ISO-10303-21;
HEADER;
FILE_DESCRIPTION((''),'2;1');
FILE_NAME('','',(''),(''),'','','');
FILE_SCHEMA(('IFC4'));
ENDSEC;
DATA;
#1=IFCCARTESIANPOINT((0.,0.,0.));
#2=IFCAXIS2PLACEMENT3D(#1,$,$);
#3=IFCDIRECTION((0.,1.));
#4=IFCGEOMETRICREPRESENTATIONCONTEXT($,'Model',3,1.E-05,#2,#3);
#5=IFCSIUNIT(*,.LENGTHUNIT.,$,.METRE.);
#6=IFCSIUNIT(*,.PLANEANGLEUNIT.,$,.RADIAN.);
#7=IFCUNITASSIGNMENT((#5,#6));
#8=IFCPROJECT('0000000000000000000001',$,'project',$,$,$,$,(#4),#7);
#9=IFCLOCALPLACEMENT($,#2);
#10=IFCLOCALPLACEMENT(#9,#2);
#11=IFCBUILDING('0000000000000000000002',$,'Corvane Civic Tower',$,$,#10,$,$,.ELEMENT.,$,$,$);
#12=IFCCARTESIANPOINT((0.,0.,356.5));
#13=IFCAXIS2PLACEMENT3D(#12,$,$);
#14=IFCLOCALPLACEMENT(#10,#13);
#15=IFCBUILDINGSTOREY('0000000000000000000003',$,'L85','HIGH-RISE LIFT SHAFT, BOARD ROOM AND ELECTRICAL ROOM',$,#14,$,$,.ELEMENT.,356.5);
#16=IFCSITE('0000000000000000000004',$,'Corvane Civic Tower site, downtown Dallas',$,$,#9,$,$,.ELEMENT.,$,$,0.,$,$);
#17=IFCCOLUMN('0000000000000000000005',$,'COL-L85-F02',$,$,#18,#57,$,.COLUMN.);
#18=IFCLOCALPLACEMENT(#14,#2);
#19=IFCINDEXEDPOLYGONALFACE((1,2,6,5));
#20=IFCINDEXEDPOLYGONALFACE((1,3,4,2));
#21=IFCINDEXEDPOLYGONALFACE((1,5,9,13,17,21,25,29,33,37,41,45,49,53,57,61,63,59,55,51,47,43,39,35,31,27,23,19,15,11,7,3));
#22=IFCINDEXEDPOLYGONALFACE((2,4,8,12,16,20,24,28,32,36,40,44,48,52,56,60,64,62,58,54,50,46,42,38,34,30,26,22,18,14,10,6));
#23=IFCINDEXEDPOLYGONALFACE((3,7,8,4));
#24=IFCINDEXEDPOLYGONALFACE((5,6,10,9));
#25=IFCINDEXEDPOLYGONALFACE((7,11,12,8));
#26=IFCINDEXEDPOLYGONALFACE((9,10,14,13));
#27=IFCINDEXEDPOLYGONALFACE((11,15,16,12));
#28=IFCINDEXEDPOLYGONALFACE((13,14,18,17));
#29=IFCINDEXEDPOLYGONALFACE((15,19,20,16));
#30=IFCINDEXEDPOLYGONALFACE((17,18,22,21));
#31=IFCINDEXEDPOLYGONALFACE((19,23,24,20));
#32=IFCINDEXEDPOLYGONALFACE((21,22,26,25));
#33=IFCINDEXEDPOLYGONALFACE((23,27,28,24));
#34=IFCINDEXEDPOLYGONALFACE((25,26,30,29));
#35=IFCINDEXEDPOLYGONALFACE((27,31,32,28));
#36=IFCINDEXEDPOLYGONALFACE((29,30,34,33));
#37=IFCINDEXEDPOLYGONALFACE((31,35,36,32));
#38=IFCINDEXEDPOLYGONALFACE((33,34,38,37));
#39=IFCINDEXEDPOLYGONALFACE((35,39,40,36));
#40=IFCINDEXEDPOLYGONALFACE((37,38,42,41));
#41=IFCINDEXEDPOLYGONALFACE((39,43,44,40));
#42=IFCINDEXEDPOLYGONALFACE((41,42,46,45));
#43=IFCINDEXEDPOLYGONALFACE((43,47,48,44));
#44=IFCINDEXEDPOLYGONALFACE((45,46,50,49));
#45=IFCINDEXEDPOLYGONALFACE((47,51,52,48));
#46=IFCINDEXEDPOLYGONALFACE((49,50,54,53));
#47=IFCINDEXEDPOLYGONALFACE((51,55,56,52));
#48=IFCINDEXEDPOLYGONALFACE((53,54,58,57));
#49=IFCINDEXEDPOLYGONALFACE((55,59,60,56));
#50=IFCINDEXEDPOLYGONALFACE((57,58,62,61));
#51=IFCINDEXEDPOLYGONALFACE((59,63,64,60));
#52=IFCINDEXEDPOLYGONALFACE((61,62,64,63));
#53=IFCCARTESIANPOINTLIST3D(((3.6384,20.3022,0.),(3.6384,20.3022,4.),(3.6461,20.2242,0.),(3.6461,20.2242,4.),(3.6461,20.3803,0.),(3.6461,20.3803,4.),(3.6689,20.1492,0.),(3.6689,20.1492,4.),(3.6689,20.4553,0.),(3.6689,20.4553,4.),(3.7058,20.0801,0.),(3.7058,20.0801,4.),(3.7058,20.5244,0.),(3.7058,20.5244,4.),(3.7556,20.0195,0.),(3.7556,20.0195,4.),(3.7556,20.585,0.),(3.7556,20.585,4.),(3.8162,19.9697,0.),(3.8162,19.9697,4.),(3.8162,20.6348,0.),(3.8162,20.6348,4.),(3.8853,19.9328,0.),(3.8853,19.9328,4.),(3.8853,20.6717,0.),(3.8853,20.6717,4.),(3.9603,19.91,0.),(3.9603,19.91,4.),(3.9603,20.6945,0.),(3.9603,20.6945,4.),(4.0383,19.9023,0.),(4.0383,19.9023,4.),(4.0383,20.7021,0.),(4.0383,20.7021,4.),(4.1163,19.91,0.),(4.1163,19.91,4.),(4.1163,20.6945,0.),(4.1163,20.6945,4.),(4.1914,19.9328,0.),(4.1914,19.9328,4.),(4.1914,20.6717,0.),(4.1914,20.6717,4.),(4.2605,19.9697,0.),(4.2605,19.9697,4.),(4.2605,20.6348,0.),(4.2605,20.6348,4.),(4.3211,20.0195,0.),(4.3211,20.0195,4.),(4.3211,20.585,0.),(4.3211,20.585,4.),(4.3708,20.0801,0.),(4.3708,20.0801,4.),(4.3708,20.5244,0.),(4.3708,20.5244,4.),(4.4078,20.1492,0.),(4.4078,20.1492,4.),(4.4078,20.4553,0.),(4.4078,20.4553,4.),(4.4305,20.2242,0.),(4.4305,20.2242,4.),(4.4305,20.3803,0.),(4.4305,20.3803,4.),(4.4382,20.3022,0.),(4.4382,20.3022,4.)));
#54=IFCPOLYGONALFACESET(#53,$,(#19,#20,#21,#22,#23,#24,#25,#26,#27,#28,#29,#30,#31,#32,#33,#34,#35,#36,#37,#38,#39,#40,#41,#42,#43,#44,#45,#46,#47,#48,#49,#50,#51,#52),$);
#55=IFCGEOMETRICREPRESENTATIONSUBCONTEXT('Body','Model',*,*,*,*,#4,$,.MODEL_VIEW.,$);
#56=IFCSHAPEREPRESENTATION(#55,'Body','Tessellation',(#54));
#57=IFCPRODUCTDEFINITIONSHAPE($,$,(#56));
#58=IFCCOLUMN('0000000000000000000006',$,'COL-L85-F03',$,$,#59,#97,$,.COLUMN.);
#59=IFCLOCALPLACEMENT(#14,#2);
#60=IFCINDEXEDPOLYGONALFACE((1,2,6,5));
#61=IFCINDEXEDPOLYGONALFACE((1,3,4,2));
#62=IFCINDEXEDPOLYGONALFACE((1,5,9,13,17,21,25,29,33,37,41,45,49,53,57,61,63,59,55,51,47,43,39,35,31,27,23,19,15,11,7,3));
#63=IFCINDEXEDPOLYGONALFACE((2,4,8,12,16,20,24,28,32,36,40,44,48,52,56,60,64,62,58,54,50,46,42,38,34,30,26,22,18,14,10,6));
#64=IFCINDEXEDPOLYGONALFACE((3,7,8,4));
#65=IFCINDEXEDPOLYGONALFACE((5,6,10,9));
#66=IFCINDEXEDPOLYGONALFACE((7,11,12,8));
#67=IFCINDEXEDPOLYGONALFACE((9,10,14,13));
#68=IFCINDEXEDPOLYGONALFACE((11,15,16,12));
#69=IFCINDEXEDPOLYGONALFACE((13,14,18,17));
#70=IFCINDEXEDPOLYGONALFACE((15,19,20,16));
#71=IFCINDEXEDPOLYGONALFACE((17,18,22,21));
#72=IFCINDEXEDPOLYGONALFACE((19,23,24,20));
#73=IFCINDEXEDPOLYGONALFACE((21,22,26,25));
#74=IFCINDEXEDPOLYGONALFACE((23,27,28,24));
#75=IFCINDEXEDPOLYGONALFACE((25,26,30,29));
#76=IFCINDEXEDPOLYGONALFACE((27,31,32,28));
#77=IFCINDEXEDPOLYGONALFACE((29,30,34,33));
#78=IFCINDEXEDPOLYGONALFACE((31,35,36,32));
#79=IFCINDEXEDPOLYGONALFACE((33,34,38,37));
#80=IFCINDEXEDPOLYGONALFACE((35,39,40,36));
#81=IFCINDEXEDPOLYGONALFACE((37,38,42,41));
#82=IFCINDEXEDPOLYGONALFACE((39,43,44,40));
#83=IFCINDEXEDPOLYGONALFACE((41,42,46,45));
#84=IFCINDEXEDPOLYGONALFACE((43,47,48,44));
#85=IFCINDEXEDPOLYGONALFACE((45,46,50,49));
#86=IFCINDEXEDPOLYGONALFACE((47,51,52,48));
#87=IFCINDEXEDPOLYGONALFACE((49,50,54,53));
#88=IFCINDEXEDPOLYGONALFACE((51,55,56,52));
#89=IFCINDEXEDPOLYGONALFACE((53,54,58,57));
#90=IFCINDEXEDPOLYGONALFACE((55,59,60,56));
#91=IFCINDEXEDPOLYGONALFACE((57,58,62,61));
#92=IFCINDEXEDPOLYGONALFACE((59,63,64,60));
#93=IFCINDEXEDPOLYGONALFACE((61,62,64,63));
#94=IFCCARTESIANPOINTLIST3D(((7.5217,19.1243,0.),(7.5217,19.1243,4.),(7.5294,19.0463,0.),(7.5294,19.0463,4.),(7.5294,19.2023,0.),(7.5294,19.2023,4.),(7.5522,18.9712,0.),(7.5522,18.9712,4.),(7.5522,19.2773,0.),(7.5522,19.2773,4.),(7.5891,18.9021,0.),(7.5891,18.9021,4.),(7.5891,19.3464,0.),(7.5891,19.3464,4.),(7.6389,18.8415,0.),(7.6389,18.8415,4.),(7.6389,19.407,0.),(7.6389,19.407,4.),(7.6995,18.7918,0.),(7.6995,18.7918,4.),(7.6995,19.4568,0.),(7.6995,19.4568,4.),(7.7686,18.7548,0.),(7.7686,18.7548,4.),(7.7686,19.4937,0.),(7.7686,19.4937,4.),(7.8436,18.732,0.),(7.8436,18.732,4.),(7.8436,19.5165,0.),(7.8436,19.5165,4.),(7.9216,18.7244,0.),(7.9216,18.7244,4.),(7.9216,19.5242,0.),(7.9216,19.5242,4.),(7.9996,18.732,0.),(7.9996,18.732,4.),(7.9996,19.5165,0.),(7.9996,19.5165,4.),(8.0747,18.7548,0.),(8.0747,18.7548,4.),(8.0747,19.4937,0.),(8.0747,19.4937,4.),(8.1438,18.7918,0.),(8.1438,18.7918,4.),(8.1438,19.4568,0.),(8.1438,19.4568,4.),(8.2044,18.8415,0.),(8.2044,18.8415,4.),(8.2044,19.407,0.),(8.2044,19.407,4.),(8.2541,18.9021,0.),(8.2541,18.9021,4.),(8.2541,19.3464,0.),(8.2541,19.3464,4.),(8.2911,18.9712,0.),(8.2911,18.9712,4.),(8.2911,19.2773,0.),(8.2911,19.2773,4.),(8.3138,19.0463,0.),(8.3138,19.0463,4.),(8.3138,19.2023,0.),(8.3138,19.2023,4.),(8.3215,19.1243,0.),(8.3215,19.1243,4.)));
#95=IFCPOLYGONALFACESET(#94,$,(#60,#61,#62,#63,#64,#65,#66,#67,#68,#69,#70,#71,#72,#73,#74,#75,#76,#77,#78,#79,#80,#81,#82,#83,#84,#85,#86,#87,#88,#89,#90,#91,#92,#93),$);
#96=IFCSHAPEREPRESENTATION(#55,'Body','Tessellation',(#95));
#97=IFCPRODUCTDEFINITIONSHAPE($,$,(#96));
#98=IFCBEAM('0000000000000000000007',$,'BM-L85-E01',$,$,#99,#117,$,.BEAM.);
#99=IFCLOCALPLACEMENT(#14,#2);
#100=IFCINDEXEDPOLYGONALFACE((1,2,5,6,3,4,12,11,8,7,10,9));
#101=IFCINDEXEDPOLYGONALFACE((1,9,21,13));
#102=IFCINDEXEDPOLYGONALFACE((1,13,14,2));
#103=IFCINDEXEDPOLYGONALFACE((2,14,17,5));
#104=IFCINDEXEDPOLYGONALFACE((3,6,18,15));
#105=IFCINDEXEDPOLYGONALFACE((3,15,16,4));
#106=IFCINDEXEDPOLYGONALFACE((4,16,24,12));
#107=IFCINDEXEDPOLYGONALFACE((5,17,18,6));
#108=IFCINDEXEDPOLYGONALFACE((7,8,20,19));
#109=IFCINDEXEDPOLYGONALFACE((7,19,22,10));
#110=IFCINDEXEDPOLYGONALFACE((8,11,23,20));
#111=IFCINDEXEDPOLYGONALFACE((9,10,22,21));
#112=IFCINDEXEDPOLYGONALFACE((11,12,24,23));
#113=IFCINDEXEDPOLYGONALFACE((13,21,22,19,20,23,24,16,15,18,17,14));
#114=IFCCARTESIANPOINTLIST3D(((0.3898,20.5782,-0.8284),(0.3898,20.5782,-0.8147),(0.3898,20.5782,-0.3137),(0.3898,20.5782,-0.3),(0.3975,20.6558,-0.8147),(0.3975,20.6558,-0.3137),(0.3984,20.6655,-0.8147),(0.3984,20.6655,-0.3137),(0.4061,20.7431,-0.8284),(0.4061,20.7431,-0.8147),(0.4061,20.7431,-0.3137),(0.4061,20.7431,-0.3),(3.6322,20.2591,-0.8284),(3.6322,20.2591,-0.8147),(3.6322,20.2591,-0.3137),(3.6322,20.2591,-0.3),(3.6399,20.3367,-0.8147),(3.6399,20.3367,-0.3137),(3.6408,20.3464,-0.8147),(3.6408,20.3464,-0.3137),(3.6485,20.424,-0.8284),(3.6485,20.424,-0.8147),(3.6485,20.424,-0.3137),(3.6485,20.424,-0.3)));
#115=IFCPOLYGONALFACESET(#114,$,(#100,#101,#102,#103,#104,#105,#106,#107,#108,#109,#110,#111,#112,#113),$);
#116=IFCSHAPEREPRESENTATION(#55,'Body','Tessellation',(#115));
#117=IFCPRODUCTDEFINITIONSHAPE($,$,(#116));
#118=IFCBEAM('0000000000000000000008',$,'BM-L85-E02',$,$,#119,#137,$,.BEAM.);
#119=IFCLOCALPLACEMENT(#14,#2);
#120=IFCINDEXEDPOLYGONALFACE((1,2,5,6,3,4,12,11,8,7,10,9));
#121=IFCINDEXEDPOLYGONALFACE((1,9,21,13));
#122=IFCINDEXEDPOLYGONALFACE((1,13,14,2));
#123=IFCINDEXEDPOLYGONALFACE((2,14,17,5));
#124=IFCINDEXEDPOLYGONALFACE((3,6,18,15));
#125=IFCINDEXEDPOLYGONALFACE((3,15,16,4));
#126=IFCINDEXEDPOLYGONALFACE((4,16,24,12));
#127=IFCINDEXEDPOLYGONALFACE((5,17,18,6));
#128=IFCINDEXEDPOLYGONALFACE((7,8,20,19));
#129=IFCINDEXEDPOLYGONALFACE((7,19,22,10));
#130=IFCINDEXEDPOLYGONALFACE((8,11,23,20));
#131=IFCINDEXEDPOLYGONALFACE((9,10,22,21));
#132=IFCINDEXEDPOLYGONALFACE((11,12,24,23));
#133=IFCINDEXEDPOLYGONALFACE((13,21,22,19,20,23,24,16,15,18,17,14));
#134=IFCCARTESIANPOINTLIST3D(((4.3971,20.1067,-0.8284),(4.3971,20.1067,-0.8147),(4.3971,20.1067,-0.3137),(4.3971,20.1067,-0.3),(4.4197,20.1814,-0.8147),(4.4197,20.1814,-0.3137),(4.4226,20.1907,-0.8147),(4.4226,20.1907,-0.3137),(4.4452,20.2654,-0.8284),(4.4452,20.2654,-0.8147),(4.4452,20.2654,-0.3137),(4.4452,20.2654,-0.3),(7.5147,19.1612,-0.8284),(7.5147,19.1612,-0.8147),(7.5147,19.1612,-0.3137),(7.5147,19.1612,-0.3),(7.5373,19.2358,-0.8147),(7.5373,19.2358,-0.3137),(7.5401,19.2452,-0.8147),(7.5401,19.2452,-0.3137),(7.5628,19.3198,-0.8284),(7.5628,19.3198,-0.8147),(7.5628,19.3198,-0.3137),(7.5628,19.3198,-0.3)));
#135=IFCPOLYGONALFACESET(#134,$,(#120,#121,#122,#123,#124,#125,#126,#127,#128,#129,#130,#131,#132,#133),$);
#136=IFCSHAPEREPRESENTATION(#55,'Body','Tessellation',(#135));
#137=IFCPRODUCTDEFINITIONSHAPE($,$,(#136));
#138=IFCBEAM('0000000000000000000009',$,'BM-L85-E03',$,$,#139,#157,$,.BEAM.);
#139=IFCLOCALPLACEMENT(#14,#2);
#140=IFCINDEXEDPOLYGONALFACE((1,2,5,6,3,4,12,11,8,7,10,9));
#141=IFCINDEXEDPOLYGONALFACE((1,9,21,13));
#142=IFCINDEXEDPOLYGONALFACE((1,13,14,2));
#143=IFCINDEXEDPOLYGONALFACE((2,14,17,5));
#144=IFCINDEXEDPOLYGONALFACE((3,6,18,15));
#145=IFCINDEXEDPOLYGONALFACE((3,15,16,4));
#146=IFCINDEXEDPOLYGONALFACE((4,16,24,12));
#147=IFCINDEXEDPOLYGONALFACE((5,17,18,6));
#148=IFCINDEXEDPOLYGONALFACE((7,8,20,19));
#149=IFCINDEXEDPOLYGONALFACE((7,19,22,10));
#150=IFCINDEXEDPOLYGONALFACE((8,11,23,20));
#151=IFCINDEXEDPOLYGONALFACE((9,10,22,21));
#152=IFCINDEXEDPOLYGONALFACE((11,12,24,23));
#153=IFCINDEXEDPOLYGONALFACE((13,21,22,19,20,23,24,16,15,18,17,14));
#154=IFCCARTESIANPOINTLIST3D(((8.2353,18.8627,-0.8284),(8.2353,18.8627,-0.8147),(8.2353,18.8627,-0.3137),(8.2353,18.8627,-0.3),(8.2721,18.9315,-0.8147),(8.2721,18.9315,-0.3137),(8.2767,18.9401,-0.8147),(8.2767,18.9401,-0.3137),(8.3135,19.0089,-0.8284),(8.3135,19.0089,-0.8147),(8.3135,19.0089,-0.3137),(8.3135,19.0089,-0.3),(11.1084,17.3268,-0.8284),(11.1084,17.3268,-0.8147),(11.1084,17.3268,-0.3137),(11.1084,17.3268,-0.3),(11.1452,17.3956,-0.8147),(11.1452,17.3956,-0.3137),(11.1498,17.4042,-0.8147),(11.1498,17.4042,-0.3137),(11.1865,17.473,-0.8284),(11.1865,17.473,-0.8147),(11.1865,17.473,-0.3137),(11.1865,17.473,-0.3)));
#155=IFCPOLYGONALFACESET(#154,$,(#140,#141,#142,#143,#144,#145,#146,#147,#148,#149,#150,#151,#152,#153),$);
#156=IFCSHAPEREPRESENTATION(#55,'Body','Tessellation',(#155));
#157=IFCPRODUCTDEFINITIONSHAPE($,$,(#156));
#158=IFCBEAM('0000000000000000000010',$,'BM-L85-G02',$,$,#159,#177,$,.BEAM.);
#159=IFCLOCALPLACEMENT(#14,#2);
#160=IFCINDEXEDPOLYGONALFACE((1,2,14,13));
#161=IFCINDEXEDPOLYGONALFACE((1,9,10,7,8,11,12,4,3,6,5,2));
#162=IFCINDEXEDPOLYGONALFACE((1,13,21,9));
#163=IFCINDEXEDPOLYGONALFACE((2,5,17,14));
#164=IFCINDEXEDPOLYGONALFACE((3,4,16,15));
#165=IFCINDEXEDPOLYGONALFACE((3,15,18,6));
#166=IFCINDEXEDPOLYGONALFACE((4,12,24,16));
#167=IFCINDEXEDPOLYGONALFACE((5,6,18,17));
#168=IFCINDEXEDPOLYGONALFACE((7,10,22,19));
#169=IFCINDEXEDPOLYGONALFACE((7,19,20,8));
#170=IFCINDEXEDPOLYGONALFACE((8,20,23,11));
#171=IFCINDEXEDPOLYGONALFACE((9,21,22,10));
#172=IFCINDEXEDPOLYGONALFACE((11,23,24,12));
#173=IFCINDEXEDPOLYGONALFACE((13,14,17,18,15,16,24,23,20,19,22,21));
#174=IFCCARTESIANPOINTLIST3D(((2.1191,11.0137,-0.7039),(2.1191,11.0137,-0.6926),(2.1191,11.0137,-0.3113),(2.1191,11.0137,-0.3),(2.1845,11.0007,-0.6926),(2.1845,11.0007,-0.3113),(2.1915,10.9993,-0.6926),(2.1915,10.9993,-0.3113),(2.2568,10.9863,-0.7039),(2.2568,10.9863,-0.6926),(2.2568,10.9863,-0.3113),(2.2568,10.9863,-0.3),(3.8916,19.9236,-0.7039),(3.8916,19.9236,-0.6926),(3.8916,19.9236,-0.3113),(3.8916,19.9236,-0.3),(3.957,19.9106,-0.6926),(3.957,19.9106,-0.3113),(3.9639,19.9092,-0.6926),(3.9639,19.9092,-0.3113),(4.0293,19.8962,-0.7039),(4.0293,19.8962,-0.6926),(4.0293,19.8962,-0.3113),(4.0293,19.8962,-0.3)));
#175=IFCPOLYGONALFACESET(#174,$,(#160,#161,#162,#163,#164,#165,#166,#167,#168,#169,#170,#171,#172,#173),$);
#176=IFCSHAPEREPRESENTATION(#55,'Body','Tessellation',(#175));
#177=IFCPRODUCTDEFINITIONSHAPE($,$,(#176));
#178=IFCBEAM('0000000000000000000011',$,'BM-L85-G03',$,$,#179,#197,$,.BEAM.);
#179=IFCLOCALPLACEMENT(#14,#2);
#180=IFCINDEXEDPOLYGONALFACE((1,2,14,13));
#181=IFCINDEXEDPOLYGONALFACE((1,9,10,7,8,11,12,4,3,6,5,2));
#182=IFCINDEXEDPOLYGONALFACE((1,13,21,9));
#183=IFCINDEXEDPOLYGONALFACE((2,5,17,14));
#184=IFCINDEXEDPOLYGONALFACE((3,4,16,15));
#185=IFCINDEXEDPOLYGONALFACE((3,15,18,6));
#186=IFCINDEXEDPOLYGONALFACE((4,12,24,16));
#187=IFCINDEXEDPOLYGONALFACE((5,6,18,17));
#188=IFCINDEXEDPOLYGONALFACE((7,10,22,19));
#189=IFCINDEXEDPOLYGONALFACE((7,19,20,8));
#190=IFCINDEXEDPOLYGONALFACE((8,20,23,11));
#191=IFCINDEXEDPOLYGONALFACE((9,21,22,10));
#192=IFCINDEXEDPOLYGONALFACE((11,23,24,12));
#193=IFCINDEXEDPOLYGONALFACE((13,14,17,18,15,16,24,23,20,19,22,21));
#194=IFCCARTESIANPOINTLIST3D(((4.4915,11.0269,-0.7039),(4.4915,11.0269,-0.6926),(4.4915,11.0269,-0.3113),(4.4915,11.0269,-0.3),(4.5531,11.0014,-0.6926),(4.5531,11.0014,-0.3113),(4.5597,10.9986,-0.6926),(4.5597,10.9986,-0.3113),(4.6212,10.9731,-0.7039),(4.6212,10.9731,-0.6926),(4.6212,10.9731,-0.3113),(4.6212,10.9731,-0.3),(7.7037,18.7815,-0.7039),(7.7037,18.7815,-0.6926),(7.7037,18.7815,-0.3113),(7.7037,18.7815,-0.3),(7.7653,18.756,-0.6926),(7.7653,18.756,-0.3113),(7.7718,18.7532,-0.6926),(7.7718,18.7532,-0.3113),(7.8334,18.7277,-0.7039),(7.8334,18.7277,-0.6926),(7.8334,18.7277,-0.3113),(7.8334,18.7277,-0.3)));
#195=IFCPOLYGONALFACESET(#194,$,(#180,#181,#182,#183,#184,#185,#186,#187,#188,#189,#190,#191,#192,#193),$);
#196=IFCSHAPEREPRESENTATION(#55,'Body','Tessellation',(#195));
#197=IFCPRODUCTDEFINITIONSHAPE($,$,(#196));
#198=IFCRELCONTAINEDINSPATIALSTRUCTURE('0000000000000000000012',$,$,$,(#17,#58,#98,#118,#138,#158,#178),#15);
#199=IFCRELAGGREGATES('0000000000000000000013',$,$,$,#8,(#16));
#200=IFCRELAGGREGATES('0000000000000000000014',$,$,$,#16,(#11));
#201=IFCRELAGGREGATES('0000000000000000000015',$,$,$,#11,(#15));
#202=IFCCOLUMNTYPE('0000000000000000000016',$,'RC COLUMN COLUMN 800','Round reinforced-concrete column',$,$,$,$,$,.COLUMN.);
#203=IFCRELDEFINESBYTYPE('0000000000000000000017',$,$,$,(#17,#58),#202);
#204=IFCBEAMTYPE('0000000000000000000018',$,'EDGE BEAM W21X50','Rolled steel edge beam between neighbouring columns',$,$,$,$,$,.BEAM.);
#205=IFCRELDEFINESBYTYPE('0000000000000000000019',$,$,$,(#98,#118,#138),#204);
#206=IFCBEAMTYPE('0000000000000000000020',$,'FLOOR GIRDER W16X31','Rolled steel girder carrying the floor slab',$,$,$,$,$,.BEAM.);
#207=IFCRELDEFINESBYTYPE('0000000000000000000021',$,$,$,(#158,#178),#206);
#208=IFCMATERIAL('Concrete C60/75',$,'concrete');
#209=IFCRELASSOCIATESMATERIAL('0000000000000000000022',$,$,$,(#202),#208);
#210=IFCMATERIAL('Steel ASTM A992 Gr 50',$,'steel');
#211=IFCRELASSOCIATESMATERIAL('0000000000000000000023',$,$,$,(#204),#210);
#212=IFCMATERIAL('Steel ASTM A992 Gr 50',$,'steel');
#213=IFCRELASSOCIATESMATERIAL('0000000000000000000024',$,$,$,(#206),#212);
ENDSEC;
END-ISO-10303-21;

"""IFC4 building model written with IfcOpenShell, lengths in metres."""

from ifc_helpers import new_model, si_unit, direction, frame, origin, origin_2d, place, context, subcontext, project, spatial, circle, i_section, extrude, material, material_profile, profile_set, type_object, element, save


model = new_model("IFC4")

# Units and contexts
model_context = context("Model", 3, precision=1e-05, world=origin(), true_north=direction((0.0, 1.0)))
body_context = subcontext(model_context, "Body", "Model", "MODEL_VIEW")
ifc_project = project(units=[si_unit("LENGTHUNIT", "METRE"), si_unit("PLANEANGLEUNIT", "RADIAN")], contexts=[model_context])

# Site, building, storey
site_placement = place(None, origin())
site = spatial("IfcSite", under=ifc_project, at=site_placement, Name="Corvane Civic Tower site, downtown Dallas", CompositionType="ELEMENT", RefElevation=0.0)
building_placement = place(site_placement, origin())
building = spatial("IfcBuilding", under=site, at=building_placement, Name="Corvane Civic Tower", CompositionType="ELEMENT")
storey_placement = place(building_placement, frame((0.0, 0.0, 356.5)))
storey = spatial("IfcBuildingStorey", under=building, at=storey_placement, Name="L85", Description="HIGH-RISE LIFT SHAFT, BOARD ROOM AND ELECTRICAL ROOM", CompositionType="ELEMENT", Elevation=356.5)

# Columns
ifc_material_1 = material(Name="Concrete C60/75", Category="concrete")
ifc_material_profile_1 = material_profile(ifc_material_1, circle(Radius=0.3999, at=origin_2d()), Name="COLUMN 800")
ifc_profile_set_1 = profile_set([ifc_material_profile_1], Name="Concrete C60/75")
column_type = type_object("IfcColumnType", Name="RC COLUMN COLUMN 800", Description="Round reinforced-concrete column", PredefinedType="COLUMN", material=ifc_profile_set_1)
for number, where, z_axis, x_axis, name in (
    (1, (4.0383, 20.3022, 0.0), (0.0, 0.0, 1.0), (1.0, 0.0, 0.0), "COL-L85-F02"),
    (2, (7.9216, 19.1243, 0.0), (0.0, 0.0, 1.0), (1.0, 0.0, 0.0), "COL-L85-F03"),
):
    element("IfcColumn", number, at=place(storey_placement, frame(where, z_axis=z_axis, x_axis=x_axis)), inside=storey, type_object=column_type, Name=name, PredefinedType="COLUMN", context=body_context, shape_type="SweptSolid", body=[
        extrude(circle(Radius=0.3999, at=origin_2d()), origin(), (0.0, 0.0, 1.0), 4.0),
    ])

# Beams
ifc_material_2 = material(Name="Steel ASTM A992 Gr 50", Category="steel")
ifc_material_profile_2 = material_profile(ifc_material_2, i_section(OverallWidth=0.1658, OverallDepth=0.5283, WebThickness=0.0098, FlangeThickness=0.0137, at=origin_2d()), Name="W21X50")
ifc_profile_set_2 = profile_set([ifc_material_profile_2], Name="Steel ASTM A992 Gr 50")
beam_type_1 = type_object("IfcBeamType", Name="EDGE BEAM W21X50", Description="Rolled steel edge beam between neighbouring columns", PredefinedType="BEAM", material=ifc_profile_set_2)
beam_1_placement = place(storey_placement, frame((0.3979, 20.6606, -0.5642), z_axis=(0.995193, -0.097938, 0.0), x_axis=(0.097938, 0.995193, 0.0)))
element("IfcBeam", 3, at=beam_1_placement, inside=storey, type_object=beam_type_1, Name="BM-L85-E01", PredefinedType="BEAM", context=body_context, shape_type="SweptSolid", body=[
    extrude(i_section(OverallWidth=0.1658, OverallDepth=0.5283, WebThickness=0.0098, FlangeThickness=0.0137, at=origin_2d()), origin(), (0.0, 0.0, 1.0), 3.2581),
])
for number, where, z_axis, x_axis, name in (
    (4, (4.4211, 20.186, -0.5642), (0.956956, -0.290234, 0.0), (0.290234, 0.956956, 0.0), "BM-L85-E02"),
    (5, (8.2744, 18.9358, -0.5642), (0.881894, -0.471448, 0.0), (0.471448, 0.881894, 0.0), "BM-L85-E03"),
):
    element("IfcBeam", number, at=place(storey_placement, frame(where, z_axis=z_axis, x_axis=x_axis)), inside=storey, type_object=beam_type_1, Name=name, PredefinedType="BEAM", context=body_context, shape_type="SweptSolid", body=[
        extrude(i_section(OverallWidth=0.1658, OverallDepth=0.5283, WebThickness=0.0098, FlangeThickness=0.0137, at=origin_2d()), origin(), (0.0, 0.0, 1.0), 3.2578),
    ])
ifc_material_3 = material(Name="Steel ASTM A992 Gr 50", Category="steel")
ifc_material_profile_3 = material_profile(ifc_material_3, i_section(OverallWidth=0.1404, OverallDepth=0.4038, WebThickness=0.0071, FlangeThickness=0.0112, at=origin_2d()), Name="W16X31")
ifc_profile_set_3 = profile_set([ifc_material_profile_3], Name="Steel ASTM A992 Gr 50")
beam_type_2 = type_object("IfcBeamType", Name="FLOOR GIRDER W16X31", Description="Rolled steel girder carrying the floor slab", PredefinedType="BEAM", material=ifc_profile_set_3)
beam_2_placement = place(storey_placement, frame((2.188, 11.0, -0.502), z_axis=(0.195108, 0.980782, 0.0), x_axis=(-0.980782, 0.195108, 0.0)))
element("IfcBeam", 6, at=beam_2_placement, inside=storey, type_object=beam_type_2, Name="BM-L85-G02", PredefinedType="BEAM", context=body_context, shape_type="SweptSolid", body=[
    extrude(i_section(OverallWidth=0.1404, OverallDepth=0.4038, WebThickness=0.0071, FlangeThickness=0.0112, at=origin_2d()), origin(), (0.0, 0.0, 1.0), 9.0845),
])
beam_3_placement = place(storey_placement, frame((4.5564, 11.0, -0.502), z_axis=(0.382692, 0.923876, 0.0), x_axis=(-0.923876, 0.382692, 0.0)))
element("IfcBeam", 7, at=beam_3_placement, inside=storey, type_object=beam_type_2, Name="BM-L85-G03", PredefinedType="BEAM", context=body_context, shape_type="SweptSolid", body=[
    extrude(i_section(OverallWidth=0.1404, OverallDepth=0.4038, WebThickness=0.0071, FlangeThickness=0.0112, at=origin_2d()), origin(), (0.0, 0.0, 1.0), 8.3936),
])

save(model, "model.ifc")
